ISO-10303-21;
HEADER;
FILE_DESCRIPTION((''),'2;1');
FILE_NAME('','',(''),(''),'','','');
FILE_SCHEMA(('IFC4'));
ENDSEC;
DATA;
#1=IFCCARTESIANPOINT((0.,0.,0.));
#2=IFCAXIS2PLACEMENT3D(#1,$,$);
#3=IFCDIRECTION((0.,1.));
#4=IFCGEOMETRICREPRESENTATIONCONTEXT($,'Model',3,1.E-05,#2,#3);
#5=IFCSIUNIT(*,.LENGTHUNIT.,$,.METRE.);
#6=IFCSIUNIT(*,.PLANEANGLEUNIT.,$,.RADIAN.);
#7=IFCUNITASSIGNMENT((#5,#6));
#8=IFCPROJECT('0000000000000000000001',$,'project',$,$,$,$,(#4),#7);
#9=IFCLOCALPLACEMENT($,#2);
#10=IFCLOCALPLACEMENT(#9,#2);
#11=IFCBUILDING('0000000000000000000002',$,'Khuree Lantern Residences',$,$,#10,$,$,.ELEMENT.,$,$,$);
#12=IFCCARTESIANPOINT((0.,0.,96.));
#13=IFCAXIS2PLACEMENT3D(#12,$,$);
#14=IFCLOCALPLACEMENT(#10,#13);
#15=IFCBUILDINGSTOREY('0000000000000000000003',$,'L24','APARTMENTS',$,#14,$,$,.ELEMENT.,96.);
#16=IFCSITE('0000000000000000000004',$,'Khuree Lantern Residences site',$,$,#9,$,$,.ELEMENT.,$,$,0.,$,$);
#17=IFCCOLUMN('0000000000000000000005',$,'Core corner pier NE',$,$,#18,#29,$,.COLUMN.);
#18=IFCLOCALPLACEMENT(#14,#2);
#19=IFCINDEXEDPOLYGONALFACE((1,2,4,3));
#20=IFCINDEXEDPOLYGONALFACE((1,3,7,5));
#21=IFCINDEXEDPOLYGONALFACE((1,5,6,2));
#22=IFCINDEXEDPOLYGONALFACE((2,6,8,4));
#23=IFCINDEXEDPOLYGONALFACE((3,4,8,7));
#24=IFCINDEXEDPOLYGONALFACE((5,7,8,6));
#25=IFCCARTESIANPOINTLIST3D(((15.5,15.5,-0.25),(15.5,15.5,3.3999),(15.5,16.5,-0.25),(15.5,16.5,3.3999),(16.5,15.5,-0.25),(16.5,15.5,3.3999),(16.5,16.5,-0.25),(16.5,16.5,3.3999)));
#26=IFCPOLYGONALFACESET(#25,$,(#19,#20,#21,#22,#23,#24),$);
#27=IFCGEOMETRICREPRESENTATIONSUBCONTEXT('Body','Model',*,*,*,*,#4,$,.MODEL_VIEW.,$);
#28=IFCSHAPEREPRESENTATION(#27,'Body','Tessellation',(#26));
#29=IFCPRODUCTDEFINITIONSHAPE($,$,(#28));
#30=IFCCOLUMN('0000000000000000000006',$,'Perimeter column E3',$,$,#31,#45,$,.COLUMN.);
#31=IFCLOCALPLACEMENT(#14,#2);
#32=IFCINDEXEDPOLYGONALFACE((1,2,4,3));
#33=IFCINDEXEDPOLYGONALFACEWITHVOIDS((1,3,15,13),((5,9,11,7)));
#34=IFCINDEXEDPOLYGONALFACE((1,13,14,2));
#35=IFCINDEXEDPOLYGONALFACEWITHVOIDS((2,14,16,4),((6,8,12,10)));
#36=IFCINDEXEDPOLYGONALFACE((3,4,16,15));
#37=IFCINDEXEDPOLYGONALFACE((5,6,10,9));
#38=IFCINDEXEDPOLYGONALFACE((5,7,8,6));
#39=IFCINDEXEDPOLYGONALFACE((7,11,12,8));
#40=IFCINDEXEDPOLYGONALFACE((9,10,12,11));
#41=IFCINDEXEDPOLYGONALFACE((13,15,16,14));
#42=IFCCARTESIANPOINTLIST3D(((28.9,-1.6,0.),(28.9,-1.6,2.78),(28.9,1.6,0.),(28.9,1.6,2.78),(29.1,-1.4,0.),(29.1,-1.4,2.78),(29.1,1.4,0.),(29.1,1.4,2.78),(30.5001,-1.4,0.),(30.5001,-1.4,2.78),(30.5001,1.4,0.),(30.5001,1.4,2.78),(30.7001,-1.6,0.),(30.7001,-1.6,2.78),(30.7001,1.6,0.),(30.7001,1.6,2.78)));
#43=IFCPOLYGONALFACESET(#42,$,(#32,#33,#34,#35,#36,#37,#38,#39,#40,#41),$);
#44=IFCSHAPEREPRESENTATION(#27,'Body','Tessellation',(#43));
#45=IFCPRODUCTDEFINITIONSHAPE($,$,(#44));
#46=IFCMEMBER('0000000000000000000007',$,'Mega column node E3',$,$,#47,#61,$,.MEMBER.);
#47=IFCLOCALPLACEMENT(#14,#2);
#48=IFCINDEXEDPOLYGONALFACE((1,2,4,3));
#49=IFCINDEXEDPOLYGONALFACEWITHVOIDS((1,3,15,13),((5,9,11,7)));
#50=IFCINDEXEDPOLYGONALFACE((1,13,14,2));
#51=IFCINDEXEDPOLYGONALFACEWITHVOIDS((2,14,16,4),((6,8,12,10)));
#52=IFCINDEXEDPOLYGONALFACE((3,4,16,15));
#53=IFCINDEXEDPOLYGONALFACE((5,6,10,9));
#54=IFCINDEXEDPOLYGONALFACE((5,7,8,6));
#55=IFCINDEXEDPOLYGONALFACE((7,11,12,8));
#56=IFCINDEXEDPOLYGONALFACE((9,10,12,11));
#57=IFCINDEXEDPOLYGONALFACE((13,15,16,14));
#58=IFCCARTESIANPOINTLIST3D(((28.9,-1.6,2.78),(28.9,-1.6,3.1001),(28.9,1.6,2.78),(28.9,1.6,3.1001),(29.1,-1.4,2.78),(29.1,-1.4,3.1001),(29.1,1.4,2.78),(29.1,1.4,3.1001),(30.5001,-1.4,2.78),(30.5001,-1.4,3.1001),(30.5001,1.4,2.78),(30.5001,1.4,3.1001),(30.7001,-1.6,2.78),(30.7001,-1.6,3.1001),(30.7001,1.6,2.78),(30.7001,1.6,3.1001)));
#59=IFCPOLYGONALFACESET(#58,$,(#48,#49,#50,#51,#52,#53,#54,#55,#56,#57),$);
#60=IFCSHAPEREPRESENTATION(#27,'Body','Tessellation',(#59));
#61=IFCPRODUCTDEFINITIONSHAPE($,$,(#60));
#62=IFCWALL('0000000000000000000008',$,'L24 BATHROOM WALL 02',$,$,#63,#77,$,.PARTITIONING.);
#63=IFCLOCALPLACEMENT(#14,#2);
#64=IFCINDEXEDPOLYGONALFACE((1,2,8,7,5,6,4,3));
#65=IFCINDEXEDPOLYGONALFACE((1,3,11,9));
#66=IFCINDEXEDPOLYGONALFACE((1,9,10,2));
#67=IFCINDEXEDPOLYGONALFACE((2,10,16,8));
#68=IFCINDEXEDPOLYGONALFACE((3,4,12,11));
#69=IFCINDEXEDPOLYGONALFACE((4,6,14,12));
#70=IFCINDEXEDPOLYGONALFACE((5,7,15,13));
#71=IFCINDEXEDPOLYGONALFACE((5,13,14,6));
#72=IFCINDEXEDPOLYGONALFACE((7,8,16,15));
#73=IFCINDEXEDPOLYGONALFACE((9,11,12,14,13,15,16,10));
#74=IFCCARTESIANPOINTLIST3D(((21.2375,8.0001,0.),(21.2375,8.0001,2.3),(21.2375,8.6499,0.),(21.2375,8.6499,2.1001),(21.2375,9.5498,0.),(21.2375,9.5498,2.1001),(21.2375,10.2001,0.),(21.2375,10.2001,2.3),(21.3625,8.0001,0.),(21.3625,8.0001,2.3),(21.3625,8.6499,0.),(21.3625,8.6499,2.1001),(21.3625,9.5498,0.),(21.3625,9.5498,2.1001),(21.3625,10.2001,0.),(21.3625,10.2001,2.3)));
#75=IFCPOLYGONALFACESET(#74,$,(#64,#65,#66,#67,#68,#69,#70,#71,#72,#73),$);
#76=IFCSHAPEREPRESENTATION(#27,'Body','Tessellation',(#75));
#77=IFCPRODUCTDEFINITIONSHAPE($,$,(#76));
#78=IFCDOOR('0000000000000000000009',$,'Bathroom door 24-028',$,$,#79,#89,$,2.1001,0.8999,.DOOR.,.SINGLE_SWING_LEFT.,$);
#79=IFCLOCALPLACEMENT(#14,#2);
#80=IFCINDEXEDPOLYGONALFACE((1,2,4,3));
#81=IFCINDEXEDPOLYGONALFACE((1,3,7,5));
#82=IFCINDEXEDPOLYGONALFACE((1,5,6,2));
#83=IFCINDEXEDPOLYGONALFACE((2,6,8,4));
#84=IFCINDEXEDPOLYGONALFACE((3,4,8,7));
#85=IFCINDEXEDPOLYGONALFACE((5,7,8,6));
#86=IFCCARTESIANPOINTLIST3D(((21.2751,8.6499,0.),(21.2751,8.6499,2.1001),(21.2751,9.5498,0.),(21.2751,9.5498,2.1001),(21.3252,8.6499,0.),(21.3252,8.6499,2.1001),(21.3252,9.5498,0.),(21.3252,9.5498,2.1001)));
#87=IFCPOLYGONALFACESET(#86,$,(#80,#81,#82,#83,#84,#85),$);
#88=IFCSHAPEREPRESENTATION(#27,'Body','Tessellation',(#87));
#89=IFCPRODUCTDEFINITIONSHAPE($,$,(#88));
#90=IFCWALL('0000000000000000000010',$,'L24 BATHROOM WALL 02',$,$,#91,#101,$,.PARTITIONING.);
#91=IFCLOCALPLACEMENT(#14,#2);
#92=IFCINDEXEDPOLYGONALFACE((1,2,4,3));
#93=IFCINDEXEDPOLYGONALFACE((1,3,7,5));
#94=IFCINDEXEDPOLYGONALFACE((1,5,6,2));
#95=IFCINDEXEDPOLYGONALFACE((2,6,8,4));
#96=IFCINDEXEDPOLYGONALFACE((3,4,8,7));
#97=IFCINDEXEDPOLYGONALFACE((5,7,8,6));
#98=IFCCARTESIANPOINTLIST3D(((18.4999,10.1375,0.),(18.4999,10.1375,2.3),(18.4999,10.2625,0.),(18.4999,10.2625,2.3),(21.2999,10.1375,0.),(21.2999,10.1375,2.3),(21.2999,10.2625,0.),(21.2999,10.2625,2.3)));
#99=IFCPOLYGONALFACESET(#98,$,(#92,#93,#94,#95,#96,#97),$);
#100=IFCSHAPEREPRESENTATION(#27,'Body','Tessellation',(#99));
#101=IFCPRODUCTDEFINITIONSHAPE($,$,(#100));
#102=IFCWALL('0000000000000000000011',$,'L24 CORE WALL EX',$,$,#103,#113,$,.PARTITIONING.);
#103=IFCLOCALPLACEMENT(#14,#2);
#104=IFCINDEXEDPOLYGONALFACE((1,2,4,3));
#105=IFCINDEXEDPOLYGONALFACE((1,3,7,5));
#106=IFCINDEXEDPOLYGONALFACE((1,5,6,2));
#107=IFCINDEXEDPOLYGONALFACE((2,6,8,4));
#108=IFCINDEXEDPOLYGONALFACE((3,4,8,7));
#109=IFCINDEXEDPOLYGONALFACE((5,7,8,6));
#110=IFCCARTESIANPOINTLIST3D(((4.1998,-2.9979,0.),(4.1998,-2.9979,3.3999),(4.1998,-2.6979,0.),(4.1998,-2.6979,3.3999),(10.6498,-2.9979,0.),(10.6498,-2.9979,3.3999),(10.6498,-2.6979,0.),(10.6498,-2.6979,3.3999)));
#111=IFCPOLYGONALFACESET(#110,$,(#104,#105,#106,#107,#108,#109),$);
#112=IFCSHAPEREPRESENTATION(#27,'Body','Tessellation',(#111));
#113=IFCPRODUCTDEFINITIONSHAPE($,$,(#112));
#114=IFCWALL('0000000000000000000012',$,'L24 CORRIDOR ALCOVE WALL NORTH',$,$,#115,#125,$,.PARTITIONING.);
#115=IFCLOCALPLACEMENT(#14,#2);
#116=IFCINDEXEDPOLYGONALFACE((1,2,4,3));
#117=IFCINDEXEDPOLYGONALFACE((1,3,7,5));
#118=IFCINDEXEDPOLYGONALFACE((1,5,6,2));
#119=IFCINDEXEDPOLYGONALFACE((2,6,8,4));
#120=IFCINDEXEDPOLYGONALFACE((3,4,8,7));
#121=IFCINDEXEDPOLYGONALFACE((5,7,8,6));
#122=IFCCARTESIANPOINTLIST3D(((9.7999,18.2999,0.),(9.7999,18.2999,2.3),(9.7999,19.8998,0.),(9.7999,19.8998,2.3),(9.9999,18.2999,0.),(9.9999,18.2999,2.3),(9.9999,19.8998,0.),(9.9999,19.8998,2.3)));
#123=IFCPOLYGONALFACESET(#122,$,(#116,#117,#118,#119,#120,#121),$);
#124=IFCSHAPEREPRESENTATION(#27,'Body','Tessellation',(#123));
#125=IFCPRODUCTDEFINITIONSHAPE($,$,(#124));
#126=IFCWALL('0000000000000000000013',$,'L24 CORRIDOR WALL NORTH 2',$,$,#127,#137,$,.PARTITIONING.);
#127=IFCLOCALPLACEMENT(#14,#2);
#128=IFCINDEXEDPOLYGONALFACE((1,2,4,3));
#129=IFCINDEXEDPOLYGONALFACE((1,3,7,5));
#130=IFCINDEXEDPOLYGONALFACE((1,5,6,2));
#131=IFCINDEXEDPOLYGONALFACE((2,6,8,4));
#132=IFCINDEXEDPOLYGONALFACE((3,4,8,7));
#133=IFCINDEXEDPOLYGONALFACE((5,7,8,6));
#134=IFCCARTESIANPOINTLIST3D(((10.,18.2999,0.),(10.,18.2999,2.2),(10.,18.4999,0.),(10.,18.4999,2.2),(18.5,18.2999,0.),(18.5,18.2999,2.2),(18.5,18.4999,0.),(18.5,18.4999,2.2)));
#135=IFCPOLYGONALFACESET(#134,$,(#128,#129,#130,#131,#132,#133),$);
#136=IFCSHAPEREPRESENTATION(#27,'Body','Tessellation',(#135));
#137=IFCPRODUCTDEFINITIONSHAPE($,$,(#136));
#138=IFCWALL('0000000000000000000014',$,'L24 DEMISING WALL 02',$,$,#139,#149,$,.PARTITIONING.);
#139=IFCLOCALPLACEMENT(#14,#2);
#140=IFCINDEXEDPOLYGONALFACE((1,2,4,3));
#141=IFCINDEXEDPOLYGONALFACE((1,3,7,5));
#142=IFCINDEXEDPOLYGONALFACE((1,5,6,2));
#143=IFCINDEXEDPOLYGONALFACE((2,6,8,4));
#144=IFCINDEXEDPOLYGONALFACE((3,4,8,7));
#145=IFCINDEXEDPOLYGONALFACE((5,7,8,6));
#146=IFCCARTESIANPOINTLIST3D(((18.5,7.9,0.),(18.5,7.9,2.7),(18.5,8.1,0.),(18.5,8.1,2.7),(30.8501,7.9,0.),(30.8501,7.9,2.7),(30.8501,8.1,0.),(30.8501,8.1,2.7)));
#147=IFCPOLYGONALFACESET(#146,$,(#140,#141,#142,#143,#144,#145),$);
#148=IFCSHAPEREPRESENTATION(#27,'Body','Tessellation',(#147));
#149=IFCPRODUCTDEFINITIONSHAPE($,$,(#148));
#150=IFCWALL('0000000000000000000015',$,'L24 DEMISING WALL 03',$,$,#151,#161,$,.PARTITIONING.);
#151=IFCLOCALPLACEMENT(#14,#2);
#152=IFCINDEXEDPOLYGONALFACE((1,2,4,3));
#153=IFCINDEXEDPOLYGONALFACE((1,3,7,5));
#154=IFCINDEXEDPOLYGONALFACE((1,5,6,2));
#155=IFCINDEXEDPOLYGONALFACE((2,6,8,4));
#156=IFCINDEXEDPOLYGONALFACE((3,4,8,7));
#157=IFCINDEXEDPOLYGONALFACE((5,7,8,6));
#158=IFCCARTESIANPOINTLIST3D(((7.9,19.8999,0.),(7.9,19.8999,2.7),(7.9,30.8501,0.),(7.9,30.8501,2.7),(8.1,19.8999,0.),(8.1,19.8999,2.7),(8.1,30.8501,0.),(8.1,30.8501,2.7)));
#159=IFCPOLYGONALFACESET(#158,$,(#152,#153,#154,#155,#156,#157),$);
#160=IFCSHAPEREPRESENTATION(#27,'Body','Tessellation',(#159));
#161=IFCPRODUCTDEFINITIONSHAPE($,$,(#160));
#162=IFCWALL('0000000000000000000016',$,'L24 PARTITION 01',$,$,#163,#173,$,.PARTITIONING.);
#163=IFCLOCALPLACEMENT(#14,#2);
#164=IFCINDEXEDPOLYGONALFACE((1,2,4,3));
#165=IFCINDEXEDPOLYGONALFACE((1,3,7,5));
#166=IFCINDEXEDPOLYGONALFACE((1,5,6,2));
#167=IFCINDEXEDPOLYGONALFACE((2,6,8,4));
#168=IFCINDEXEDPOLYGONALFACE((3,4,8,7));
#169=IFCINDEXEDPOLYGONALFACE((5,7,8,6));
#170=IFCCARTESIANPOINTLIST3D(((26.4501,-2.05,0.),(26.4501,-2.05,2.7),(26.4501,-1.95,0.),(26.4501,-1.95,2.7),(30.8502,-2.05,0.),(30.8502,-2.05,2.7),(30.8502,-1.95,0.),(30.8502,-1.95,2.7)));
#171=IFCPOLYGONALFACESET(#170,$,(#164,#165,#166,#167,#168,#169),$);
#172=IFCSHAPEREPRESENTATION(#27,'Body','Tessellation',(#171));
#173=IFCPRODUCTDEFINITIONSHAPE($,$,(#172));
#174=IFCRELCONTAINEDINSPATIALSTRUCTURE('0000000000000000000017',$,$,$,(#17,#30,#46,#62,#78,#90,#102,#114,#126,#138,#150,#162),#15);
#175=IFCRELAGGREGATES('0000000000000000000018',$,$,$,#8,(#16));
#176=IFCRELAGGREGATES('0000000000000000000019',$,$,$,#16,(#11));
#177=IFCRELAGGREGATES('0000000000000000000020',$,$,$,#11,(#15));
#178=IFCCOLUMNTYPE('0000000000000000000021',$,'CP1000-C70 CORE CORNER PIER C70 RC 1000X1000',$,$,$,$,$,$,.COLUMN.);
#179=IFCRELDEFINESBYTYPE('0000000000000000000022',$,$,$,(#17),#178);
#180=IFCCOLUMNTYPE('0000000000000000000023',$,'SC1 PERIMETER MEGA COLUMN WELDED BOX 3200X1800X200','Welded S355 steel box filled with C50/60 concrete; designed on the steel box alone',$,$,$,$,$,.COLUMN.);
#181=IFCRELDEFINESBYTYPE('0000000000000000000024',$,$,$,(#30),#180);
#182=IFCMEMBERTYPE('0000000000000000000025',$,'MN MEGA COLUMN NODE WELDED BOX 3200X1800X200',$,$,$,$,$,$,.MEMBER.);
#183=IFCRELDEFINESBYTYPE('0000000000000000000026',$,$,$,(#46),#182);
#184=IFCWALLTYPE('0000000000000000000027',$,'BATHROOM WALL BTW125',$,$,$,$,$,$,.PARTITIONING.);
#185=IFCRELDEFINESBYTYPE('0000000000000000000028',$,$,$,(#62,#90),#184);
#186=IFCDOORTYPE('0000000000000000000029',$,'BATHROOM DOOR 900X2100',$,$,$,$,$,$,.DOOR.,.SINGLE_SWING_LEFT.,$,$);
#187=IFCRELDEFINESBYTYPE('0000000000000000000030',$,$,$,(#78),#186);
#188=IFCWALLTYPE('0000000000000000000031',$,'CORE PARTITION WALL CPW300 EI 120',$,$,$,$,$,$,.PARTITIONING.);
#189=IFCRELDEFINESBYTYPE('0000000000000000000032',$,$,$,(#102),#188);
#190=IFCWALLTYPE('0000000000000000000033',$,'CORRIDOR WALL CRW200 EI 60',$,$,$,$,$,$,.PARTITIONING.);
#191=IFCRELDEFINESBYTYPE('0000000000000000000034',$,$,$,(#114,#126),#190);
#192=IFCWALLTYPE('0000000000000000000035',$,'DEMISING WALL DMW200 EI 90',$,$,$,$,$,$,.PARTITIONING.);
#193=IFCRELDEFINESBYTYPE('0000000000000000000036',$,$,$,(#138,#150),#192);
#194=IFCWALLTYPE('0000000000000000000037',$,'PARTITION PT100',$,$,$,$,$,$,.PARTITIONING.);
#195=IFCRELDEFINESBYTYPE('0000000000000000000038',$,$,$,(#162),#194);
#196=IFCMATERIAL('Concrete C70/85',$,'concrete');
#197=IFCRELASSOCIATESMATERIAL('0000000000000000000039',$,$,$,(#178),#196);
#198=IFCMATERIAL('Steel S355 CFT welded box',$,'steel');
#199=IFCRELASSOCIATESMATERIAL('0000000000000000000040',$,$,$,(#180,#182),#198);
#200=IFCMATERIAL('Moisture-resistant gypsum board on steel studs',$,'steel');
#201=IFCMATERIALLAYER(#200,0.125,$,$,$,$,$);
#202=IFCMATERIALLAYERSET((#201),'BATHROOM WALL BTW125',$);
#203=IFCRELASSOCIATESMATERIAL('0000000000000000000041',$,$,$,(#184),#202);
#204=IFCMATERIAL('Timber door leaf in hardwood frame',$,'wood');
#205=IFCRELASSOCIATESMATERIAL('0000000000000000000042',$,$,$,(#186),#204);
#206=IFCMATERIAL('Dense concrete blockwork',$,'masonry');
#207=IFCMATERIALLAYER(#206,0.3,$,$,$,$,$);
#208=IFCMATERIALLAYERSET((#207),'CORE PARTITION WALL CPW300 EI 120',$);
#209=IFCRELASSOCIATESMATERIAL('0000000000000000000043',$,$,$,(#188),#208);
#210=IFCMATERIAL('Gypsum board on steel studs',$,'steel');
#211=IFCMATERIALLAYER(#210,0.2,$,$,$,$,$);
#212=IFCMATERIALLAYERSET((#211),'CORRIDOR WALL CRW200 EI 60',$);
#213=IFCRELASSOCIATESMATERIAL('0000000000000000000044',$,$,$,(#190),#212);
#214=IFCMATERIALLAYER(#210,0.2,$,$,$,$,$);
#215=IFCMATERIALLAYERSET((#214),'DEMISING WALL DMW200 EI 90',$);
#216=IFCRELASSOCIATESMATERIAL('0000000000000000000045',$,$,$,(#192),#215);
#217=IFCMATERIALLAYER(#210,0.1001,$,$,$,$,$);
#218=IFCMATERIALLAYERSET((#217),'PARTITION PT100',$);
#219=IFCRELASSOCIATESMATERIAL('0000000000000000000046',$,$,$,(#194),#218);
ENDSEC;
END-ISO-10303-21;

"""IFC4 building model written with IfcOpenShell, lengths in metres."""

from ifc_helpers import new_model, si_unit, direction, frame, frame_2d, origin, origin_2d, place, context, subcontext, project, spatial, rectangle, hollow_rectangle, extrude, material, layer, layer_set, material_profile, profile_set, type_object, element, fill, save


model = new_model("IFC4")

# Units and contexts
model_context = context("Model", 3, precision=1e-05, world=origin(), true_north=direction((0.0, 1.0)))
body_context = subcontext(model_context, "Body", "Model", "MODEL_VIEW")
ifc_project = project(units=[si_unit("LENGTHUNIT", "METRE"), si_unit("PLANEANGLEUNIT", "RADIAN")], contexts=[model_context])

# Site, building, storey
site_placement = place(None, origin())
site = spatial("IfcSite", under=ifc_project, at=site_placement, Name="Khuree Lantern Residences site", CompositionType="ELEMENT", RefElevation=0.0)
building_placement = place(site_placement, origin())
building = spatial("IfcBuilding", under=site, at=building_placement, Name="Khuree Lantern Residences", CompositionType="ELEMENT")
storey_placement = place(building_placement, frame((0.0, 0.0, 96.0)))
storey = spatial("IfcBuildingStorey", under=building, at=storey_placement, Name="L24", Description="APARTMENTS", CompositionType="ELEMENT", Elevation=96.0)

# Columns
ifc_material_1 = material(Name="Concrete C70/85", Category="concrete")
ifc_material_profile_1 = material_profile(ifc_material_1, rectangle(XDim=1.0, YDim=1.0, at=origin_2d()), Name="RC 1000X1000")
ifc_profile_set_1 = profile_set([ifc_material_profile_1], Name="Concrete C70/85")
column_type_1 = type_object("IfcColumnType", Name="CP1000-C70 CORE CORNER PIER C70 RC 1000X1000", PredefinedType="COLUMN", material=ifc_profile_set_1)
column_1_placement = place(storey_placement, frame((16.0, 16.0, -0.25), z_axis=(0.0, 0.0, 1.0), x_axis=(1.0, 0.0, 0.0)))
element("IfcColumn", 1, at=column_1_placement, inside=storey, type_object=column_type_1, Name="Core corner pier NE", PredefinedType="COLUMN", context=body_context, shape_type="SweptSolid", body=[
    extrude(rectangle(XDim=1.0, YDim=1.0, at=origin_2d()), origin(), (0.0, 0.0, 1.0), 3.6499),
])
ifc_material_2 = material(Name="Steel S355 CFT welded box", Category="steel")
ifc_material_profile_2 = material_profile(ifc_material_2, hollow_rectangle(XDim=3.2, YDim=1.8, WallThickness=0.2, at=origin_2d()), Name="WELDED BOX 3200X1800X200")
ifc_profile_set_2 = profile_set([ifc_material_profile_2], Name="Steel S355 CFT welded box")
column_type_2 = type_object("IfcColumnType", Name="SC1 PERIMETER MEGA COLUMN WELDED BOX 3200X1800X200", Description="Welded S355 steel box filled with C50/60 concrete; designed on the steel box alone", PredefinedType="COLUMN", material=ifc_profile_set_2)
column_2_placement = place(storey_placement, frame((29.8, 0.0, 0.0), z_axis=(0.0, 0.0, 1.0), x_axis=(0.0, 1.0, 0.0)))
element("IfcColumn", 2, at=column_2_placement, inside=storey, type_object=column_type_2, Name="Perimeter column E3", PredefinedType="COLUMN", context=body_context, shape_type="SweptSolid", body=[
    extrude(hollow_rectangle(XDim=3.2, YDim=1.8, WallThickness=0.2, at=origin_2d()), origin(), (0.0, 0.0, 1.0), 2.78),
])

# Member
ifc_material_profile_3 = material_profile(ifc_material_2, hollow_rectangle(XDim=3.2, YDim=1.8, WallThickness=0.2, at=origin_2d()), Name="WELDED BOX 3200X1800X200")
ifc_profile_set_3 = profile_set([ifc_material_profile_3], Name="Steel S355 CFT welded box")
member_type = type_object("IfcMemberType", Name="MN MEGA COLUMN NODE WELDED BOX 3200X1800X200", PredefinedType="MEMBER", material=ifc_profile_set_3)
member_placement = place(storey_placement, frame((29.8, 0.0, 2.78), z_axis=(0.0, 0.0, 1.0), x_axis=(0.0, 1.0, 0.0)))
element("IfcMember", 3, at=member_placement, inside=storey, type_object=member_type, Name="Mega column node E3", PredefinedType="MEMBER", context=body_context, shape_type="SweptSolid", body=[
    extrude(hollow_rectangle(XDim=3.2, YDim=1.8, WallThickness=0.2, at=origin_2d()), origin(), (0.0, 0.0, 1.0), 0.3201),
])

# Wall, opening, door
ifc_material_3 = material(Name="Moisture-resistant gypsum board on steel studs", Category="steel")
ifc_layer_1 = layer(ifc_material_3, 0.125)
ifc_layer_set_1 = layer_set([ifc_layer_1], Name="BATHROOM WALL BTW125")
wall_type_1 = type_object("IfcWallType", Name="BATHROOM WALL BTW125", PredefinedType="PARTITIONING", material=ifc_layer_set_1)
wall_1_placement = place(storey_placement, frame((21.3, 8.0, 0.0), z_axis=(0.0, 0.0, 1.0), x_axis=(0.0, 1.0, 0.0)))
wall_1 = element("IfcWall", 4, at=wall_1_placement, inside=storey, type_object=wall_type_1, Name="L24 BATHROOM WALL 02", PredefinedType="PARTITIONING", context=body_context, shape_type="SweptSolid", body=[
    extrude(rectangle(XDim=2.2, YDim=0.125, at=frame_2d((1.1001, 0.0))), origin(), (0.0, 0.0, 1.0), 2.3),
])
opening_1_placement = place(wall_1_placement, frame((0.6499, 0.0, 0.0)))
opening_1 = element("IfcOpeningElement", 5, at=opening_1_placement, cuts=wall_1, PredefinedType="OPENING", context=body_context, shape_type="SweptSolid", body=[
    extrude(rectangle(XDim=0.8999, YDim=2.1001, at=frame_2d((0.45, 1.05))), frame((0.0, 0.0725, 0.0), z_axis=(0.0, -1.0, 0.0), x_axis=(1.0, 0.0, 0.0)), (0.0, 0.0, 1.0), 0.145),
])
ifc_material_4 = material(Name="Timber door leaf in hardwood frame", Category="wood")
door_type_1 = type_object("IfcDoorType", Name="BATHROOM DOOR 900X2100", OperationType="SINGLE_SWING_LEFT", PredefinedType="DOOR", material=ifc_material_4)
door_1_placement = place(opening_1_placement, origin())
door_1 = element("IfcDoor", 6, at=door_1_placement, inside=storey, type_object=door_type_1, Name="Bathroom door 24-028", OperationType="SINGLE_SWING_LEFT", OverallHeight=2.1001, OverallWidth=0.8999, PredefinedType="DOOR", context=body_context, shape_type="SweptSolid", body=[
    extrude(rectangle(XDim=0.8999, YDim=2.1001, at=frame_2d((0.45, 1.05))), frame((0.0, 0.0249, 0.0), z_axis=(0.0, -1.0, 0.0), x_axis=(1.0, 0.0, 0.0)), (0.0, 0.0, 1.0), 0.05),
])
fill(opening_1, door_1)

# Walls
wall_2_placement = place(storey_placement, frame((18.5, 10.2, 0.0), z_axis=(0.0, 0.0, 1.0), x_axis=(1.0, 0.0, 0.0)))
element("IfcWall", 7, at=wall_2_placement, inside=storey, type_object=wall_type_1, Name="L24 BATHROOM WALL 02", PredefinedType="PARTITIONING", context=body_context, shape_type="SweptSolid", body=[
    extrude(rectangle(XDim=2.8, YDim=0.125, at=frame_2d((1.3999, 0.0))), origin(), (0.0, 0.0, 1.0), 2.3),
])
ifc_material_5 = material(Name="Dense concrete blockwork", Category="masonry")
ifc_layer_2 = layer(ifc_material_5, 0.3)
ifc_layer_set_2 = layer_set([ifc_layer_2], Name="CORE PARTITION WALL CPW300 EI 120")
wall_type_2 = type_object("IfcWallType", Name="CORE PARTITION WALL CPW300 EI 120", PredefinedType="PARTITIONING", material=ifc_layer_set_2)
wall_3_placement = place(storey_placement, frame((10.6499, -2.8479, 0.0), z_axis=(0.0, 0.0, 1.0), x_axis=(-1.0, 0.0, 0.0)))
element("IfcWall", 8, at=wall_3_placement, inside=storey, type_object=wall_type_2, Name="L24 CORE WALL EX", PredefinedType="PARTITIONING", context=body_context, shape_type="SweptSolid", body=[
    extrude(rectangle(XDim=6.45, YDim=0.3, at=frame_2d((3.2251, 0.0))), origin(), (0.0, 0.0, 1.0), 3.3999),
])
ifc_material_6 = material(Name="Gypsum board on steel studs", Category="steel")
ifc_layer_3 = layer(ifc_material_6, 0.2)
ifc_layer_set_3 = layer_set([ifc_layer_3], Name="CORRIDOR WALL CRW200 EI 60")
wall_type_3 = type_object("IfcWallType", Name="CORRIDOR WALL CRW200 EI 60", PredefinedType="PARTITIONING", material=ifc_layer_set_3)
wall_4_placement = place(storey_placement, frame((9.8999, 18.3, 0.0), z_axis=(0.0, 0.0, 1.0), x_axis=(0.0, 1.0, 0.0)))
element("IfcWall", 9, at=wall_4_placement, inside=storey, type_object=wall_type_3, Name="L24 CORRIDOR ALCOVE WALL NORTH", PredefinedType="PARTITIONING", context=body_context, shape_type="SweptSolid", body=[
    extrude(rectangle(XDim=1.5999, YDim=0.2, at=frame_2d((0.7998, 0.0))), origin(), (0.0, 0.0, 1.0), 2.3),
])
wall_5_placement = place(storey_placement, frame((10.0, 18.3999, 0.0), z_axis=(0.0, 0.0, 1.0), x_axis=(1.0, 0.0, 0.0)))
element("IfcWall", 10, at=wall_5_placement, inside=storey, type_object=wall_type_3, Name="L24 CORRIDOR WALL NORTH 2", PredefinedType="PARTITIONING", context=body_context, shape_type="SweptSolid", body=[
    extrude(rectangle(XDim=8.5, YDim=0.2, at=frame_2d((4.25, 0.0))), origin(), (0.0, 0.0, 1.0), 2.2),
])
ifc_layer_4 = layer(ifc_material_6, 0.2)
ifc_layer_set_4 = layer_set([ifc_layer_4], Name="DEMISING WALL DMW200 EI 90")
wall_type_4 = type_object("IfcWallType", Name="DEMISING WALL DMW200 EI 90", PredefinedType="PARTITIONING", material=ifc_layer_set_4)
wall_6_placement = place(storey_placement, frame((18.5, 8.0, 0.0), z_axis=(0.0, 0.0, 1.0), x_axis=(1.0, 0.0, 0.0)))
element("IfcWall", 11, at=wall_6_placement, inside=storey, type_object=wall_type_4, Name="L24 DEMISING WALL 02", PredefinedType="PARTITIONING", context=body_context, shape_type="SweptSolid", body=[
    extrude(rectangle(XDim=12.3501, YDim=0.2, at=frame_2d((6.175, 0.0))), origin(), (0.0, 0.0, 1.0), 2.7),
])
wall_7_placement = place(storey_placement, frame((8.0, 19.8999, 0.0), z_axis=(0.0, 0.0, 1.0), x_axis=(0.0, 1.0, 0.0)))
element("IfcWall", 12, at=wall_7_placement, inside=storey, type_object=wall_type_4, Name="L24 DEMISING WALL 03", PredefinedType="PARTITIONING", context=body_context, shape_type="SweptSolid", body=[
    extrude(rectangle(XDim=10.9502, YDim=0.2, at=frame_2d((5.4751, 0.0))), origin(), (0.0, 0.0, 1.0), 2.7),
])
ifc_layer_5 = layer(ifc_material_6, 0.1001)
ifc_layer_set_5 = layer_set([ifc_layer_5], Name="PARTITION PT100")
wall_type_5 = type_object("IfcWallType", Name="PARTITION PT100", PredefinedType="PARTITIONING", material=ifc_layer_set_5)
for number, where, z_axis, x_axis, name in (
    (13, (26.45, -2.0, 0.0), (0.0, 0.0, 1.0), (1.0, 0.0, 0.0), "L24 PARTITION 01"),
):
    element("IfcWall", number, at=place(storey_placement, frame(where, z_axis=z_axis, x_axis=x_axis)), inside=storey, type_object=wall_type_5, Name=name, PredefinedType="PARTITIONING", context=body_context, shape_type="SweptSolid", body=[
        extrude(rectangle(XDim=4.4001, YDim=0.1001, at=frame_2d((2.2002, 0.0))), origin(), (0.0, 0.0, 1.0), 2.7),
    ])

save(model, "model.ifc")
